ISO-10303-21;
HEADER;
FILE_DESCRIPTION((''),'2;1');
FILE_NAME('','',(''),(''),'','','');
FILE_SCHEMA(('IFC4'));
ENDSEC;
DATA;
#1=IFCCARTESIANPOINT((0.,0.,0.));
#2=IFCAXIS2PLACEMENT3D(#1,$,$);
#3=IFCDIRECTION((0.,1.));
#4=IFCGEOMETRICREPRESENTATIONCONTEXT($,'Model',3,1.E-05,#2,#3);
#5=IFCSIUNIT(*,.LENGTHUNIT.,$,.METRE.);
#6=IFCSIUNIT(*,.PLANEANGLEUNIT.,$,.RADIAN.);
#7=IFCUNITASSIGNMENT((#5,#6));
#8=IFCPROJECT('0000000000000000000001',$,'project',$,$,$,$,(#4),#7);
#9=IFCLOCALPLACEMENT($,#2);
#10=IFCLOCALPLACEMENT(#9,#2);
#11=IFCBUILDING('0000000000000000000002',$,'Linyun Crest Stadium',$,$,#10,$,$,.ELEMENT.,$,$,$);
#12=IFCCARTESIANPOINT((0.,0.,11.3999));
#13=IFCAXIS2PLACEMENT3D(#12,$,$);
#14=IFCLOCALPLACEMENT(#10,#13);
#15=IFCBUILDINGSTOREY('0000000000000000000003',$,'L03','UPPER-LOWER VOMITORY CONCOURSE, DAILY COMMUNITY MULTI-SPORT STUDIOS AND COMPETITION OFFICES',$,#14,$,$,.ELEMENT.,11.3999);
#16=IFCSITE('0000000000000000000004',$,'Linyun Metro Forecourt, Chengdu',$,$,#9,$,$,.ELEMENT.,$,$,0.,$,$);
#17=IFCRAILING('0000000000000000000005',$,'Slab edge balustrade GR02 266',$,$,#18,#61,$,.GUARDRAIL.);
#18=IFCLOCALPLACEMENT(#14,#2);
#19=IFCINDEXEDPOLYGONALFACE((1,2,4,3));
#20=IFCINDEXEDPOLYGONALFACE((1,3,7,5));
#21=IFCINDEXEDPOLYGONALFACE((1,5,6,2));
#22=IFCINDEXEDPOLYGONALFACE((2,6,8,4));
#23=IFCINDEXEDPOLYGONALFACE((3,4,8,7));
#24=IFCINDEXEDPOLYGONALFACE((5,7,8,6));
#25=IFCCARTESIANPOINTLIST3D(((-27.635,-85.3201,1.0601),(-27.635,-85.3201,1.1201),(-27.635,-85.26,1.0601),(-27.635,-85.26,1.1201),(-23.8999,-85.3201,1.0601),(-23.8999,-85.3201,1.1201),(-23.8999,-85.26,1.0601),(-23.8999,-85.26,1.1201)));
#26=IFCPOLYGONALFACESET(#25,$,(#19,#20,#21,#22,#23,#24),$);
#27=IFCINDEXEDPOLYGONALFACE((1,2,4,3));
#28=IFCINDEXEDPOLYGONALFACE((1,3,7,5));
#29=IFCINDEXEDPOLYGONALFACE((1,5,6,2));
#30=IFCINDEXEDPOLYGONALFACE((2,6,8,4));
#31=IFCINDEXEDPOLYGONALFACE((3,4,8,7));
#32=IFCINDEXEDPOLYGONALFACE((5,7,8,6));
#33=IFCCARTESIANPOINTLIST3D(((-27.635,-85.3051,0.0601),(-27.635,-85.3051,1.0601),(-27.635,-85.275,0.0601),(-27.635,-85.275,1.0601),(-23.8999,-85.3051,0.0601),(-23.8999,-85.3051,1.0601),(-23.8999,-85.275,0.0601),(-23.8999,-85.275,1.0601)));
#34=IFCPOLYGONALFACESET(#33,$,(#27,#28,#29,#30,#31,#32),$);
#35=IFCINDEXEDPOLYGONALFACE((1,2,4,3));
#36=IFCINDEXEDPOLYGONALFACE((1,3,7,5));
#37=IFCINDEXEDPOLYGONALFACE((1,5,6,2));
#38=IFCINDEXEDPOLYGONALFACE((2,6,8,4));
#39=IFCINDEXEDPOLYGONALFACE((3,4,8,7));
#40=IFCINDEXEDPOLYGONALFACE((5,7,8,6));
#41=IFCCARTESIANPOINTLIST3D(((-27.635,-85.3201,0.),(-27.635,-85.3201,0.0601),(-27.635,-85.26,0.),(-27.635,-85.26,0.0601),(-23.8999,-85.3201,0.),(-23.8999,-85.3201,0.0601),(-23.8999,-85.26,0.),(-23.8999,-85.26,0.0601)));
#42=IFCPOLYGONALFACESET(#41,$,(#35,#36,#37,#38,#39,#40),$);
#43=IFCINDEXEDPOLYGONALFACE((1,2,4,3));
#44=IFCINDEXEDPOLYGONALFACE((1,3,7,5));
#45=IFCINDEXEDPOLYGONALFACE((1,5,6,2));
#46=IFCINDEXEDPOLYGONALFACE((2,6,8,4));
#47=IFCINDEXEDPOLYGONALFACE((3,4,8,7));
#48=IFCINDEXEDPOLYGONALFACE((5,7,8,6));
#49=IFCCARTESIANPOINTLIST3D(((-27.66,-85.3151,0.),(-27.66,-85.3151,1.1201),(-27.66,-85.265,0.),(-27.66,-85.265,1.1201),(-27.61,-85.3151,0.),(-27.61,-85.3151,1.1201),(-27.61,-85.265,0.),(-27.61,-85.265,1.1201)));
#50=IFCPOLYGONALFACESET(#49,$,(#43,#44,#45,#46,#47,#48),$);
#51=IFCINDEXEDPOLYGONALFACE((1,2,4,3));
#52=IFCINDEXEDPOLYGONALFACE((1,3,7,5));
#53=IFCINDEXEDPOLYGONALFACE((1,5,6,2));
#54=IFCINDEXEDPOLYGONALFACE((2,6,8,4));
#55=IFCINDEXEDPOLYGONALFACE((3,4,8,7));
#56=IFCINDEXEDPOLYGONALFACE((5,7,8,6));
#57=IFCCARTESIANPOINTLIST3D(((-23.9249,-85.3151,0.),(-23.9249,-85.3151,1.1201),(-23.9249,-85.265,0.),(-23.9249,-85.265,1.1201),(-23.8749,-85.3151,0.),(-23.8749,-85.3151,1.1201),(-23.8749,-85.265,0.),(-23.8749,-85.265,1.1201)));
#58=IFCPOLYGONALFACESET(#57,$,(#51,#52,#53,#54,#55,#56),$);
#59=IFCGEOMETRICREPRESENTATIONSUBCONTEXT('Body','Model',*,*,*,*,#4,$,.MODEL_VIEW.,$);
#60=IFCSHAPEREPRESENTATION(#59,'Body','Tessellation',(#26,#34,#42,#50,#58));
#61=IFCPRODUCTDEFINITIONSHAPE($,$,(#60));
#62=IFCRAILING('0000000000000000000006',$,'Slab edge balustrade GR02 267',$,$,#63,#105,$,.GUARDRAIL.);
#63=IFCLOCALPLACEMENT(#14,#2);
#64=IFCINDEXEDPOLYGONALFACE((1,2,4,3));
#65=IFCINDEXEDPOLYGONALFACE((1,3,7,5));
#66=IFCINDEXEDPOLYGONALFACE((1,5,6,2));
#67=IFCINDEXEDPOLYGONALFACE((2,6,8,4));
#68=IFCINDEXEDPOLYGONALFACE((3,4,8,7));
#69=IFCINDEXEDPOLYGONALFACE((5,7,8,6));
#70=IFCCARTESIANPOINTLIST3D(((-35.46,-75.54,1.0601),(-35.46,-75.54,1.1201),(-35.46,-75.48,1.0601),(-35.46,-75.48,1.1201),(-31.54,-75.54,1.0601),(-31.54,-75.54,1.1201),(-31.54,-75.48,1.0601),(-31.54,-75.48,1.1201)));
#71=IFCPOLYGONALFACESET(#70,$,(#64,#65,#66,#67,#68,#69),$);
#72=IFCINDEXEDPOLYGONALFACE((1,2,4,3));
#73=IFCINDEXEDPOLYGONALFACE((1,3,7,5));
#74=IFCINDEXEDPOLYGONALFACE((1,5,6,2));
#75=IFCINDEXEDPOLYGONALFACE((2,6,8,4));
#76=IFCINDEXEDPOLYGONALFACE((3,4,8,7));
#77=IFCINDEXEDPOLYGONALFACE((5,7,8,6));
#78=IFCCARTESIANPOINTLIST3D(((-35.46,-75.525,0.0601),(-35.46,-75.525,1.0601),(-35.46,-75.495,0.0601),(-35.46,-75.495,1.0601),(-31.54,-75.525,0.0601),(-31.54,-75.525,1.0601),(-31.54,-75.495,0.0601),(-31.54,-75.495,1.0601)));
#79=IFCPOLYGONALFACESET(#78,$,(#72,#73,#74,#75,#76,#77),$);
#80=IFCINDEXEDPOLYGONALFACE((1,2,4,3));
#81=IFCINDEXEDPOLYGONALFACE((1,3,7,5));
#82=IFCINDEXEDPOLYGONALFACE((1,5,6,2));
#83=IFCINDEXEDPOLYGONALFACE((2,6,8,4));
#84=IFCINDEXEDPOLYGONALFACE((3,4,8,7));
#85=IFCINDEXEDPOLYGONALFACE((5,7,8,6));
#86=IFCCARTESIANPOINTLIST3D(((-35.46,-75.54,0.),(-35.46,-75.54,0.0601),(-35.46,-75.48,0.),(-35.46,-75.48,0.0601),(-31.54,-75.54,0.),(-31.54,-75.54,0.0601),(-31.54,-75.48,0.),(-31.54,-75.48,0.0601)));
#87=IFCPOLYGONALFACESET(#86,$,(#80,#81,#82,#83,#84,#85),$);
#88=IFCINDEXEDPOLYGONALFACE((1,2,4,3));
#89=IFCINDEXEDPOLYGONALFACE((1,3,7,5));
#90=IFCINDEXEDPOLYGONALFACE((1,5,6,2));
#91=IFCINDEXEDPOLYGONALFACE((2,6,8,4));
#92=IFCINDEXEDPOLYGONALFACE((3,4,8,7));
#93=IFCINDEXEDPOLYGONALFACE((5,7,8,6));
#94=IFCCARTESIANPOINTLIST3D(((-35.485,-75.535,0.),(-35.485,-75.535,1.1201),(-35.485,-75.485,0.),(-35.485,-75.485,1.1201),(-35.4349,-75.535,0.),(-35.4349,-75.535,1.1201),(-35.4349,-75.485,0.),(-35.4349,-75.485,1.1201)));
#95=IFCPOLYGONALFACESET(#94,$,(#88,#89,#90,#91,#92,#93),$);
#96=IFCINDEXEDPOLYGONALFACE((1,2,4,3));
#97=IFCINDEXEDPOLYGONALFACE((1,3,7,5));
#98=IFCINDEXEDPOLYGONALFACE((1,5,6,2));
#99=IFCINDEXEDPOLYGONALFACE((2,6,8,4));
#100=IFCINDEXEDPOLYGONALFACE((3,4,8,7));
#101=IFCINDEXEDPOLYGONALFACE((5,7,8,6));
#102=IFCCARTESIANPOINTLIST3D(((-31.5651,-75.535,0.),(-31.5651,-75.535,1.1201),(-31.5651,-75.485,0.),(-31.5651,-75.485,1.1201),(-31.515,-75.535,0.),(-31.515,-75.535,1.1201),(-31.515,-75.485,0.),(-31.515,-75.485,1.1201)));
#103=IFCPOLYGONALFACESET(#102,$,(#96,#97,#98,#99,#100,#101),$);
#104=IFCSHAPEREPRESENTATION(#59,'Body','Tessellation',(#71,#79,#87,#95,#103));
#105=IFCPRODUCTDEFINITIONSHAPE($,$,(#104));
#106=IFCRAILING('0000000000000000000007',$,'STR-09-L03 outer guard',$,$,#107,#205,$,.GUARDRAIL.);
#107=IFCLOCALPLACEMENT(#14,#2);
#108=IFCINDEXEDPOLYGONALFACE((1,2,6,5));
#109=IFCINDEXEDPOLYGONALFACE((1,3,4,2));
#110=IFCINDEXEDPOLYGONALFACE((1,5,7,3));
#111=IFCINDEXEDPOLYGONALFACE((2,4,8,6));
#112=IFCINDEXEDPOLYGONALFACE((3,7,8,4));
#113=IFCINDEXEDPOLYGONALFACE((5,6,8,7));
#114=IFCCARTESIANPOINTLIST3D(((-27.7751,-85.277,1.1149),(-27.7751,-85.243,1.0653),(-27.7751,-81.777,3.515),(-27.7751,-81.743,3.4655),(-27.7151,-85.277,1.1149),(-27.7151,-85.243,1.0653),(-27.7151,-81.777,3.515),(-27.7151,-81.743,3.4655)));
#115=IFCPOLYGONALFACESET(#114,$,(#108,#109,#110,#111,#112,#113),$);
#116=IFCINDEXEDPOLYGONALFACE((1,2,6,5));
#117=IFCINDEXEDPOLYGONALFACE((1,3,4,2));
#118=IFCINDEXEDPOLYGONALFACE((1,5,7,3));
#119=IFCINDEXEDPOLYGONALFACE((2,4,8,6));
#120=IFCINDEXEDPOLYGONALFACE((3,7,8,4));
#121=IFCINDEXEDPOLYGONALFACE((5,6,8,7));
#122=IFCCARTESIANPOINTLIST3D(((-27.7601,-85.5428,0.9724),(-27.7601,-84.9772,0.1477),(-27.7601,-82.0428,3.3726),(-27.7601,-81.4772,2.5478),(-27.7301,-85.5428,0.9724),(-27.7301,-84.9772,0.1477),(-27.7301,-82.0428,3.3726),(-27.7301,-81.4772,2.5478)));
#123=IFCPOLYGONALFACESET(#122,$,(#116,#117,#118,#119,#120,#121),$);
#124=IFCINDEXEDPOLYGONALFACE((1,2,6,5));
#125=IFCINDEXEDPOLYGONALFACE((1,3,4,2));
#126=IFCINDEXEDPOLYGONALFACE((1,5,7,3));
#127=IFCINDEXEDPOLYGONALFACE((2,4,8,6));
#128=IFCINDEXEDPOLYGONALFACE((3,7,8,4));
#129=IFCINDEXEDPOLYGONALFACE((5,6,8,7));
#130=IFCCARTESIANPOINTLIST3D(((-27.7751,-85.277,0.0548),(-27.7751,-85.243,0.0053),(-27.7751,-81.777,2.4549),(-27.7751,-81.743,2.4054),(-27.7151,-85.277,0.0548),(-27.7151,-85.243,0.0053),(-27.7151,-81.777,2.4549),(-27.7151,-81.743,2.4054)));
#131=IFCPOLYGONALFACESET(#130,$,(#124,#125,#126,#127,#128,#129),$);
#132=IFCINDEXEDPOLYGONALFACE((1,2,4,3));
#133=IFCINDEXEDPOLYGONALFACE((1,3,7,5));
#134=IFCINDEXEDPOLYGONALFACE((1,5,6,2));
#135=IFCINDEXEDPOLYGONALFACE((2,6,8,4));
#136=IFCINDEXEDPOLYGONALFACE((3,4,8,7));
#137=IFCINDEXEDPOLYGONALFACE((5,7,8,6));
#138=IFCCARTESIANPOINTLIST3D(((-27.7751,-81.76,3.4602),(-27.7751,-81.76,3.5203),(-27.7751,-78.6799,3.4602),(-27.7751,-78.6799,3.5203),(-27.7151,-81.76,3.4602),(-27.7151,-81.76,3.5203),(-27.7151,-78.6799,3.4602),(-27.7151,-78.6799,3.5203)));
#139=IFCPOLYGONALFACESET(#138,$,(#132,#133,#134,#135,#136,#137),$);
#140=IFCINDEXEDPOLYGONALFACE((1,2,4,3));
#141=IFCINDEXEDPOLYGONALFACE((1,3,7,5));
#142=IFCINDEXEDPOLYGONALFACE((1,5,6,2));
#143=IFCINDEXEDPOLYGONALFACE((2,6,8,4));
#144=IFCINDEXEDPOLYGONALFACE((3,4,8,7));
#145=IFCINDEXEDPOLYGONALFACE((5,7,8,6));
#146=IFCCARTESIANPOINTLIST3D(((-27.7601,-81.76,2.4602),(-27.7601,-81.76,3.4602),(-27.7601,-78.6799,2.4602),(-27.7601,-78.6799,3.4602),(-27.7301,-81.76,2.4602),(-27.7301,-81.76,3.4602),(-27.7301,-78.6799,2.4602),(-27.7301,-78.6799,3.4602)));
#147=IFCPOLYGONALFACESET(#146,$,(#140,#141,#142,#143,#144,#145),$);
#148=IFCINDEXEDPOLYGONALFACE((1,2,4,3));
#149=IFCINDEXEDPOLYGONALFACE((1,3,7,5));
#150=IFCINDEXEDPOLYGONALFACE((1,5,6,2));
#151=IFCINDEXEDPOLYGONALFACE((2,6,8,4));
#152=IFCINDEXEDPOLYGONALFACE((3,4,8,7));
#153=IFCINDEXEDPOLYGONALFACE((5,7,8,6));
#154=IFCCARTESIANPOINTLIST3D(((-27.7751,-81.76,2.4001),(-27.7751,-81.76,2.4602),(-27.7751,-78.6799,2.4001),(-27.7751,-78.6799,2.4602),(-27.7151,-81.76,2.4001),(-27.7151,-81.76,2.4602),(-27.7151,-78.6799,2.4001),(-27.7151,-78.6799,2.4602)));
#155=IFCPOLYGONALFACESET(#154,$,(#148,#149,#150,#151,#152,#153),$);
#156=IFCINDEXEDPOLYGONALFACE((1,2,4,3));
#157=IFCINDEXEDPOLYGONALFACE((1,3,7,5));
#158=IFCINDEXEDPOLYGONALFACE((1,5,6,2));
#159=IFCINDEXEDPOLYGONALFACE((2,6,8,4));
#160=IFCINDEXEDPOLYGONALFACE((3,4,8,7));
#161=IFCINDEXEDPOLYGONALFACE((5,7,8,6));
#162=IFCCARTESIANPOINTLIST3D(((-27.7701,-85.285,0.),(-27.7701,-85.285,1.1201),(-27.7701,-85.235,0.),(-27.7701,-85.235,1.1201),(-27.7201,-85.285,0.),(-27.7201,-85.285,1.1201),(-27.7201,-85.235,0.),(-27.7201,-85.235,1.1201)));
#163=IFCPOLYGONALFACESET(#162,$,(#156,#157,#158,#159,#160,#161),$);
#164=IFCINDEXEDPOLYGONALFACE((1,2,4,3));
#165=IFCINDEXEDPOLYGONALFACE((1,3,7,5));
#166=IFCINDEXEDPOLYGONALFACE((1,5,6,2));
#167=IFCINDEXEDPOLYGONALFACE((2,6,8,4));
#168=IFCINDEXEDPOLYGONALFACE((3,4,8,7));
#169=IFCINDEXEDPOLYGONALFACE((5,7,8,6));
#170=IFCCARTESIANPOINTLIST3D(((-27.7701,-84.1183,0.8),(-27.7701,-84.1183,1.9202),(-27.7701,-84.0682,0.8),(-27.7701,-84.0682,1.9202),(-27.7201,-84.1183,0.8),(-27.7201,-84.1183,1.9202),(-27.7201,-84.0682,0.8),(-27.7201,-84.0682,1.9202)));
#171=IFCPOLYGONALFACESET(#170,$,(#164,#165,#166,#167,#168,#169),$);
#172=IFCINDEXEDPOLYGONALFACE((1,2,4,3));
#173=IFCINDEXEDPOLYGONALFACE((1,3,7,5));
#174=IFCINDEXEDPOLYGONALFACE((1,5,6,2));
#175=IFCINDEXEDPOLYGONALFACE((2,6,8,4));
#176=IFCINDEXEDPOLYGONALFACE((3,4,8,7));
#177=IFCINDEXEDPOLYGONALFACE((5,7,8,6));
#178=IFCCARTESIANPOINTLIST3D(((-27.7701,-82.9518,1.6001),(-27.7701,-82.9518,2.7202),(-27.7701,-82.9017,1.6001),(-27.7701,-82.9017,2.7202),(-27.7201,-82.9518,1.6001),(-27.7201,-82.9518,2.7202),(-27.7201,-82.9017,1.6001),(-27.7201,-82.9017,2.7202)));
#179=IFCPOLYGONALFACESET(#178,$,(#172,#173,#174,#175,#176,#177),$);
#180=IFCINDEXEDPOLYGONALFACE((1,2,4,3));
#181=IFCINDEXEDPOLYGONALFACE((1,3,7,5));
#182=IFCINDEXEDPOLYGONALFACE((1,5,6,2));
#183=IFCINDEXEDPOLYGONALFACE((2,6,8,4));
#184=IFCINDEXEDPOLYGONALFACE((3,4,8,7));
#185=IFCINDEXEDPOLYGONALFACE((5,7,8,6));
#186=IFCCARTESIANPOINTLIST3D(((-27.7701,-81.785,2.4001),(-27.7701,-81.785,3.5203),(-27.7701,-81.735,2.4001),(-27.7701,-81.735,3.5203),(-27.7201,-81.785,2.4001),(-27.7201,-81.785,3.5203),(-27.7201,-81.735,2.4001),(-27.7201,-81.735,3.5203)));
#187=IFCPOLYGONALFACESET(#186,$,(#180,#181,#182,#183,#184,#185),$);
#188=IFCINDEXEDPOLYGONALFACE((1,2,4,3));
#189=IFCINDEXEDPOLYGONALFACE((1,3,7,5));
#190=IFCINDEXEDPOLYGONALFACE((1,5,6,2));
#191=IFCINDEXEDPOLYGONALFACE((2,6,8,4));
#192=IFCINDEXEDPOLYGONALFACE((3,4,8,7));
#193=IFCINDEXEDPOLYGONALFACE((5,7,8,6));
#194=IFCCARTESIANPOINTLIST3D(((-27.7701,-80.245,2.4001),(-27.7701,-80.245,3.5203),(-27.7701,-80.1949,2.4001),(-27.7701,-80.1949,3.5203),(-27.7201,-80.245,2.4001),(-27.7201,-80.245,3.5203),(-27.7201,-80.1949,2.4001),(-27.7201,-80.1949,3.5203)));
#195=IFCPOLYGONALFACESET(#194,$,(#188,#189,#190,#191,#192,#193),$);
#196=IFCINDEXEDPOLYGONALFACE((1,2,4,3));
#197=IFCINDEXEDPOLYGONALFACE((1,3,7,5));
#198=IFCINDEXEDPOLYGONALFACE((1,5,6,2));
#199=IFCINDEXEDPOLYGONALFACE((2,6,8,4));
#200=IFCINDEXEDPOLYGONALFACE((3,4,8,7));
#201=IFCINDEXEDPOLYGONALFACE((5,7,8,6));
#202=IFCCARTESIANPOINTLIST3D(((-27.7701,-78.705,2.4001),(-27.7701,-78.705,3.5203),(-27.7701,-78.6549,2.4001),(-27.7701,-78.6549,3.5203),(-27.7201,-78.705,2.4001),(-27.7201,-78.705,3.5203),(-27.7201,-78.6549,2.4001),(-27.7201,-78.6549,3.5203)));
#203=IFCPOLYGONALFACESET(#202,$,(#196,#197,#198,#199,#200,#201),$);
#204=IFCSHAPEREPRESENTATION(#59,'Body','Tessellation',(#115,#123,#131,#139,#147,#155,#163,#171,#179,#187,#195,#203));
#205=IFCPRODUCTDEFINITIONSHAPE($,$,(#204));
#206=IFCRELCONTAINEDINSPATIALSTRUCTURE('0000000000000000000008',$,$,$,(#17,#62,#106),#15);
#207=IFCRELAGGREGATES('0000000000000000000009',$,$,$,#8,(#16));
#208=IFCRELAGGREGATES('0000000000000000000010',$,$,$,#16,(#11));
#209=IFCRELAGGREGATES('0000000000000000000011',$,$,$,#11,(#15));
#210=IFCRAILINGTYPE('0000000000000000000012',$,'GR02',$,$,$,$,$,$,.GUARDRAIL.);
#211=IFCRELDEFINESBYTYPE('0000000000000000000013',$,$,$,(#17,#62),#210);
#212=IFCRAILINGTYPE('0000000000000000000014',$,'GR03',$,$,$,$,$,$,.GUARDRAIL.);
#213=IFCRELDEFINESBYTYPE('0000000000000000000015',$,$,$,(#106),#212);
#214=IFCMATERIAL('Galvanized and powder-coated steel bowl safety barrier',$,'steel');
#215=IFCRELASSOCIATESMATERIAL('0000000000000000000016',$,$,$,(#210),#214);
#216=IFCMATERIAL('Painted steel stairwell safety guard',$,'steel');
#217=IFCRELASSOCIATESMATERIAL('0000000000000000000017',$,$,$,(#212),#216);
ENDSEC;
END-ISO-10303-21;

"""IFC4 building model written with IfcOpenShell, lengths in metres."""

from ifc_helpers import new_model, si_unit, direction, frame, origin, origin_2d, place, context, subcontext, project, spatial, rectangle, extrude, material, type_object, element, save


model = new_model("IFC4")

# Units and contexts
model_context = context("Model", 3, precision=1e-05, world=origin(), true_north=direction((0.0, 1.0)))
body_context = subcontext(model_context, "Body", "Model", "MODEL_VIEW")
ifc_project = project(units=[si_unit("LENGTHUNIT", "METRE"), si_unit("PLANEANGLEUNIT", "RADIAN")], contexts=[model_context])

# Site, building, storey
site_placement = place(None, origin())
site = spatial("IfcSite", under=ifc_project, at=site_placement, Name="Linyun Metro Forecourt, Chengdu", CompositionType="ELEMENT", RefElevation=0.0)
building_placement = place(site_placement, origin())
building = spatial("IfcBuilding", under=site, at=building_placement, Name="Linyun Crest Stadium", CompositionType="ELEMENT")
storey_placement = place(building_placement, frame((0.0, 0.0, 11.3999)))
storey = spatial("IfcBuildingStorey", under=building, at=storey_placement, Name="L03", Description="UPPER-LOWER VOMITORY CONCOURSE, DAILY COMMUNITY MULTI-SPORT STUDIOS AND COMPETITION OFFICES", CompositionType="ELEMENT", Elevation=11.3999)

# Railings
ifc_material_1 = material(Name="Galvanized and powder-coated steel bowl safety barrier", Category="steel")
railing_type_1 = type_object("IfcRailingType", Name="GR02", PredefinedType="GUARDRAIL", material=ifc_material_1)
railing_1_placement = place(storey_placement, frame((-27.635, -85.29, 0.0)))
element("IfcRailing", 1, at=railing_1_placement, inside=storey, type_object=railing_type_1, Name="Slab edge balustrade GR02 266", PredefinedType="GUARDRAIL", context=body_context, shape_type="SweptSolid", body=[
    extrude(rectangle(XDim=0.0601, YDim=0.0601, at=origin_2d()), frame((0.0, 0.0, 1.0901), z_axis=(1.0, 0.0, 0.0), x_axis=(0.0, 1.0, 0.0)), (0.0, 0.0, 1.0), 3.7351),
    extrude(rectangle(XDim=0.03, YDim=1.0, at=origin_2d()), frame((0.0, 0.0, 0.5601), z_axis=(1.0, 0.0, 0.0), x_axis=(0.0, 1.0, 0.0)), (0.0, 0.0, 1.0), 3.7351),
    extrude(rectangle(XDim=0.0601, YDim=0.0601, at=origin_2d()), frame((0.0, 0.0, 0.03), z_axis=(1.0, 0.0, 0.0), x_axis=(0.0, 1.0, 0.0)), (0.0, 0.0, 1.0), 3.7351),
    extrude(rectangle(XDim=0.05, YDim=0.05, at=origin_2d()), origin(), (0.0, 0.0, 1.0), 1.1201),
    extrude(rectangle(XDim=0.05, YDim=0.05, at=origin_2d()), frame((3.7351, 0.0, 0.0)), (0.0, 0.0, 1.0), 1.1201),
])
railing_2_placement = place(storey_placement, frame((-35.46, -75.51, 0.0)))
element("IfcRailing", 2, at=railing_2_placement, inside=storey, type_object=railing_type_1, Name="Slab edge balustrade GR02 267", PredefinedType="GUARDRAIL", context=body_context, shape_type="SweptSolid", body=[
    extrude(rectangle(XDim=0.0601, YDim=0.0601, at=origin_2d()), frame((0.0, 0.0, 1.0901), z_axis=(1.0, 0.0, 0.0), x_axis=(0.0, 1.0, 0.0)), (0.0, 0.0, 1.0), 3.9199),
    extrude(rectangle(XDim=0.03, YDim=1.0, at=origin_2d()), frame((0.0, 0.0, 0.5601), z_axis=(1.0, 0.0, 0.0), x_axis=(0.0, 1.0, 0.0)), (0.0, 0.0, 1.0), 3.9199),
    extrude(rectangle(XDim=0.0601, YDim=0.0601, at=origin_2d()), frame((0.0, 0.0, 0.03), z_axis=(1.0, 0.0, 0.0), x_axis=(0.0, 1.0, 0.0)), (0.0, 0.0, 1.0), 3.9199),
    extrude(rectangle(XDim=0.05, YDim=0.05, at=origin_2d()), origin(), (0.0, 0.0, 1.0), 1.1201),
    extrude(rectangle(XDim=0.05, YDim=0.05, at=origin_2d()), frame((3.9199, 0.0, 0.0)), (0.0, 0.0, 1.0), 1.1201),
])
ifc_material_2 = material(Name="Painted steel stairwell safety guard", Category="steel")
railing_type_2 = type_object("IfcRailingType", Name="GR03", PredefinedType="GUARDRAIL", material=ifc_material_2)
railing_3_placement = place(storey_placement, frame((-27.7451, -85.26, 0.0)))
element("IfcRailing", 3, at=railing_3_placement, inside=storey, type_object=railing_type_2, Name="STR-09-L03 outer guard", PredefinedType="GUARDRAIL", context=body_context, shape_type="SweptSolid", body=[
    extrude(rectangle(XDim=0.0601, YDim=0.0601, at=origin_2d()), frame((0.0, 0.0, 1.0901), z_axis=(0.0, 0.824713, 0.565552), x_axis=(-1.0, 0.0, 0.0)), (0.0, 0.0, 1.0), 4.2439),
    extrude(rectangle(XDim=0.03, YDim=1.0, at=origin_2d()), frame((0.0, 0.0, 0.5601), z_axis=(0.0, 0.824713, 0.565552), x_axis=(-1.0, 0.0, 0.0)), (0.0, 0.0, 1.0), 4.2439),
    extrude(rectangle(XDim=0.0601, YDim=0.0601, at=origin_2d()), frame((0.0, 0.0, 0.03), z_axis=(0.0, 0.824713, 0.565552), x_axis=(-1.0, 0.0, 0.0)), (0.0, 0.0, 1.0), 4.2439),
    extrude(rectangle(XDim=0.0601, YDim=0.0601, at=origin_2d()), frame((0.0, 3.5, 3.4902), z_axis=(0.0, 1.0, 0.0), x_axis=(-1.0, 0.0, 0.0)), (0.0, 0.0, 1.0), 3.0801),
    extrude(rectangle(XDim=0.03, YDim=1.0, at=origin_2d()), frame((0.0, 3.5, 2.9602), z_axis=(0.0, 1.0, 0.0), x_axis=(-1.0, 0.0, 0.0)), (0.0, 0.0, 1.0), 3.0801),
    extrude(rectangle(XDim=0.0601, YDim=0.0601, at=origin_2d()), frame((0.0, 3.5, 2.4302), z_axis=(0.0, 1.0, 0.0), x_axis=(-1.0, 0.0, 0.0)), (0.0, 0.0, 1.0), 3.0801),
    extrude(rectangle(XDim=0.05, YDim=0.05, at=origin_2d()), origin(), (0.0, 0.0, 1.0), 1.1201),
    extrude(rectangle(XDim=0.05, YDim=0.05, at=origin_2d()), frame((0.0, 1.1667, 0.8)), (0.0, 0.0, 1.0), 1.1201),
    extrude(rectangle(XDim=0.05, YDim=0.05, at=origin_2d()), frame((0.0, 2.3333, 1.6001)), (0.0, 0.0, 1.0), 1.1201),
    extrude(rectangle(XDim=0.05, YDim=0.05, at=origin_2d()), frame((0.0, 3.5, 2.4001)), (0.0, 0.0, 1.0), 1.1201),
    extrude(rectangle(XDim=0.05, YDim=0.05, at=origin_2d()), frame((0.0, 5.04, 2.4001)), (0.0, 0.0, 1.0), 1.1201),
    extrude(rectangle(XDim=0.05, YDim=0.05, at=origin_2d()), frame((0.0, 6.5801, 2.4001)), (0.0, 0.0, 1.0), 1.1201),
])

save(model, "model.ifc")
